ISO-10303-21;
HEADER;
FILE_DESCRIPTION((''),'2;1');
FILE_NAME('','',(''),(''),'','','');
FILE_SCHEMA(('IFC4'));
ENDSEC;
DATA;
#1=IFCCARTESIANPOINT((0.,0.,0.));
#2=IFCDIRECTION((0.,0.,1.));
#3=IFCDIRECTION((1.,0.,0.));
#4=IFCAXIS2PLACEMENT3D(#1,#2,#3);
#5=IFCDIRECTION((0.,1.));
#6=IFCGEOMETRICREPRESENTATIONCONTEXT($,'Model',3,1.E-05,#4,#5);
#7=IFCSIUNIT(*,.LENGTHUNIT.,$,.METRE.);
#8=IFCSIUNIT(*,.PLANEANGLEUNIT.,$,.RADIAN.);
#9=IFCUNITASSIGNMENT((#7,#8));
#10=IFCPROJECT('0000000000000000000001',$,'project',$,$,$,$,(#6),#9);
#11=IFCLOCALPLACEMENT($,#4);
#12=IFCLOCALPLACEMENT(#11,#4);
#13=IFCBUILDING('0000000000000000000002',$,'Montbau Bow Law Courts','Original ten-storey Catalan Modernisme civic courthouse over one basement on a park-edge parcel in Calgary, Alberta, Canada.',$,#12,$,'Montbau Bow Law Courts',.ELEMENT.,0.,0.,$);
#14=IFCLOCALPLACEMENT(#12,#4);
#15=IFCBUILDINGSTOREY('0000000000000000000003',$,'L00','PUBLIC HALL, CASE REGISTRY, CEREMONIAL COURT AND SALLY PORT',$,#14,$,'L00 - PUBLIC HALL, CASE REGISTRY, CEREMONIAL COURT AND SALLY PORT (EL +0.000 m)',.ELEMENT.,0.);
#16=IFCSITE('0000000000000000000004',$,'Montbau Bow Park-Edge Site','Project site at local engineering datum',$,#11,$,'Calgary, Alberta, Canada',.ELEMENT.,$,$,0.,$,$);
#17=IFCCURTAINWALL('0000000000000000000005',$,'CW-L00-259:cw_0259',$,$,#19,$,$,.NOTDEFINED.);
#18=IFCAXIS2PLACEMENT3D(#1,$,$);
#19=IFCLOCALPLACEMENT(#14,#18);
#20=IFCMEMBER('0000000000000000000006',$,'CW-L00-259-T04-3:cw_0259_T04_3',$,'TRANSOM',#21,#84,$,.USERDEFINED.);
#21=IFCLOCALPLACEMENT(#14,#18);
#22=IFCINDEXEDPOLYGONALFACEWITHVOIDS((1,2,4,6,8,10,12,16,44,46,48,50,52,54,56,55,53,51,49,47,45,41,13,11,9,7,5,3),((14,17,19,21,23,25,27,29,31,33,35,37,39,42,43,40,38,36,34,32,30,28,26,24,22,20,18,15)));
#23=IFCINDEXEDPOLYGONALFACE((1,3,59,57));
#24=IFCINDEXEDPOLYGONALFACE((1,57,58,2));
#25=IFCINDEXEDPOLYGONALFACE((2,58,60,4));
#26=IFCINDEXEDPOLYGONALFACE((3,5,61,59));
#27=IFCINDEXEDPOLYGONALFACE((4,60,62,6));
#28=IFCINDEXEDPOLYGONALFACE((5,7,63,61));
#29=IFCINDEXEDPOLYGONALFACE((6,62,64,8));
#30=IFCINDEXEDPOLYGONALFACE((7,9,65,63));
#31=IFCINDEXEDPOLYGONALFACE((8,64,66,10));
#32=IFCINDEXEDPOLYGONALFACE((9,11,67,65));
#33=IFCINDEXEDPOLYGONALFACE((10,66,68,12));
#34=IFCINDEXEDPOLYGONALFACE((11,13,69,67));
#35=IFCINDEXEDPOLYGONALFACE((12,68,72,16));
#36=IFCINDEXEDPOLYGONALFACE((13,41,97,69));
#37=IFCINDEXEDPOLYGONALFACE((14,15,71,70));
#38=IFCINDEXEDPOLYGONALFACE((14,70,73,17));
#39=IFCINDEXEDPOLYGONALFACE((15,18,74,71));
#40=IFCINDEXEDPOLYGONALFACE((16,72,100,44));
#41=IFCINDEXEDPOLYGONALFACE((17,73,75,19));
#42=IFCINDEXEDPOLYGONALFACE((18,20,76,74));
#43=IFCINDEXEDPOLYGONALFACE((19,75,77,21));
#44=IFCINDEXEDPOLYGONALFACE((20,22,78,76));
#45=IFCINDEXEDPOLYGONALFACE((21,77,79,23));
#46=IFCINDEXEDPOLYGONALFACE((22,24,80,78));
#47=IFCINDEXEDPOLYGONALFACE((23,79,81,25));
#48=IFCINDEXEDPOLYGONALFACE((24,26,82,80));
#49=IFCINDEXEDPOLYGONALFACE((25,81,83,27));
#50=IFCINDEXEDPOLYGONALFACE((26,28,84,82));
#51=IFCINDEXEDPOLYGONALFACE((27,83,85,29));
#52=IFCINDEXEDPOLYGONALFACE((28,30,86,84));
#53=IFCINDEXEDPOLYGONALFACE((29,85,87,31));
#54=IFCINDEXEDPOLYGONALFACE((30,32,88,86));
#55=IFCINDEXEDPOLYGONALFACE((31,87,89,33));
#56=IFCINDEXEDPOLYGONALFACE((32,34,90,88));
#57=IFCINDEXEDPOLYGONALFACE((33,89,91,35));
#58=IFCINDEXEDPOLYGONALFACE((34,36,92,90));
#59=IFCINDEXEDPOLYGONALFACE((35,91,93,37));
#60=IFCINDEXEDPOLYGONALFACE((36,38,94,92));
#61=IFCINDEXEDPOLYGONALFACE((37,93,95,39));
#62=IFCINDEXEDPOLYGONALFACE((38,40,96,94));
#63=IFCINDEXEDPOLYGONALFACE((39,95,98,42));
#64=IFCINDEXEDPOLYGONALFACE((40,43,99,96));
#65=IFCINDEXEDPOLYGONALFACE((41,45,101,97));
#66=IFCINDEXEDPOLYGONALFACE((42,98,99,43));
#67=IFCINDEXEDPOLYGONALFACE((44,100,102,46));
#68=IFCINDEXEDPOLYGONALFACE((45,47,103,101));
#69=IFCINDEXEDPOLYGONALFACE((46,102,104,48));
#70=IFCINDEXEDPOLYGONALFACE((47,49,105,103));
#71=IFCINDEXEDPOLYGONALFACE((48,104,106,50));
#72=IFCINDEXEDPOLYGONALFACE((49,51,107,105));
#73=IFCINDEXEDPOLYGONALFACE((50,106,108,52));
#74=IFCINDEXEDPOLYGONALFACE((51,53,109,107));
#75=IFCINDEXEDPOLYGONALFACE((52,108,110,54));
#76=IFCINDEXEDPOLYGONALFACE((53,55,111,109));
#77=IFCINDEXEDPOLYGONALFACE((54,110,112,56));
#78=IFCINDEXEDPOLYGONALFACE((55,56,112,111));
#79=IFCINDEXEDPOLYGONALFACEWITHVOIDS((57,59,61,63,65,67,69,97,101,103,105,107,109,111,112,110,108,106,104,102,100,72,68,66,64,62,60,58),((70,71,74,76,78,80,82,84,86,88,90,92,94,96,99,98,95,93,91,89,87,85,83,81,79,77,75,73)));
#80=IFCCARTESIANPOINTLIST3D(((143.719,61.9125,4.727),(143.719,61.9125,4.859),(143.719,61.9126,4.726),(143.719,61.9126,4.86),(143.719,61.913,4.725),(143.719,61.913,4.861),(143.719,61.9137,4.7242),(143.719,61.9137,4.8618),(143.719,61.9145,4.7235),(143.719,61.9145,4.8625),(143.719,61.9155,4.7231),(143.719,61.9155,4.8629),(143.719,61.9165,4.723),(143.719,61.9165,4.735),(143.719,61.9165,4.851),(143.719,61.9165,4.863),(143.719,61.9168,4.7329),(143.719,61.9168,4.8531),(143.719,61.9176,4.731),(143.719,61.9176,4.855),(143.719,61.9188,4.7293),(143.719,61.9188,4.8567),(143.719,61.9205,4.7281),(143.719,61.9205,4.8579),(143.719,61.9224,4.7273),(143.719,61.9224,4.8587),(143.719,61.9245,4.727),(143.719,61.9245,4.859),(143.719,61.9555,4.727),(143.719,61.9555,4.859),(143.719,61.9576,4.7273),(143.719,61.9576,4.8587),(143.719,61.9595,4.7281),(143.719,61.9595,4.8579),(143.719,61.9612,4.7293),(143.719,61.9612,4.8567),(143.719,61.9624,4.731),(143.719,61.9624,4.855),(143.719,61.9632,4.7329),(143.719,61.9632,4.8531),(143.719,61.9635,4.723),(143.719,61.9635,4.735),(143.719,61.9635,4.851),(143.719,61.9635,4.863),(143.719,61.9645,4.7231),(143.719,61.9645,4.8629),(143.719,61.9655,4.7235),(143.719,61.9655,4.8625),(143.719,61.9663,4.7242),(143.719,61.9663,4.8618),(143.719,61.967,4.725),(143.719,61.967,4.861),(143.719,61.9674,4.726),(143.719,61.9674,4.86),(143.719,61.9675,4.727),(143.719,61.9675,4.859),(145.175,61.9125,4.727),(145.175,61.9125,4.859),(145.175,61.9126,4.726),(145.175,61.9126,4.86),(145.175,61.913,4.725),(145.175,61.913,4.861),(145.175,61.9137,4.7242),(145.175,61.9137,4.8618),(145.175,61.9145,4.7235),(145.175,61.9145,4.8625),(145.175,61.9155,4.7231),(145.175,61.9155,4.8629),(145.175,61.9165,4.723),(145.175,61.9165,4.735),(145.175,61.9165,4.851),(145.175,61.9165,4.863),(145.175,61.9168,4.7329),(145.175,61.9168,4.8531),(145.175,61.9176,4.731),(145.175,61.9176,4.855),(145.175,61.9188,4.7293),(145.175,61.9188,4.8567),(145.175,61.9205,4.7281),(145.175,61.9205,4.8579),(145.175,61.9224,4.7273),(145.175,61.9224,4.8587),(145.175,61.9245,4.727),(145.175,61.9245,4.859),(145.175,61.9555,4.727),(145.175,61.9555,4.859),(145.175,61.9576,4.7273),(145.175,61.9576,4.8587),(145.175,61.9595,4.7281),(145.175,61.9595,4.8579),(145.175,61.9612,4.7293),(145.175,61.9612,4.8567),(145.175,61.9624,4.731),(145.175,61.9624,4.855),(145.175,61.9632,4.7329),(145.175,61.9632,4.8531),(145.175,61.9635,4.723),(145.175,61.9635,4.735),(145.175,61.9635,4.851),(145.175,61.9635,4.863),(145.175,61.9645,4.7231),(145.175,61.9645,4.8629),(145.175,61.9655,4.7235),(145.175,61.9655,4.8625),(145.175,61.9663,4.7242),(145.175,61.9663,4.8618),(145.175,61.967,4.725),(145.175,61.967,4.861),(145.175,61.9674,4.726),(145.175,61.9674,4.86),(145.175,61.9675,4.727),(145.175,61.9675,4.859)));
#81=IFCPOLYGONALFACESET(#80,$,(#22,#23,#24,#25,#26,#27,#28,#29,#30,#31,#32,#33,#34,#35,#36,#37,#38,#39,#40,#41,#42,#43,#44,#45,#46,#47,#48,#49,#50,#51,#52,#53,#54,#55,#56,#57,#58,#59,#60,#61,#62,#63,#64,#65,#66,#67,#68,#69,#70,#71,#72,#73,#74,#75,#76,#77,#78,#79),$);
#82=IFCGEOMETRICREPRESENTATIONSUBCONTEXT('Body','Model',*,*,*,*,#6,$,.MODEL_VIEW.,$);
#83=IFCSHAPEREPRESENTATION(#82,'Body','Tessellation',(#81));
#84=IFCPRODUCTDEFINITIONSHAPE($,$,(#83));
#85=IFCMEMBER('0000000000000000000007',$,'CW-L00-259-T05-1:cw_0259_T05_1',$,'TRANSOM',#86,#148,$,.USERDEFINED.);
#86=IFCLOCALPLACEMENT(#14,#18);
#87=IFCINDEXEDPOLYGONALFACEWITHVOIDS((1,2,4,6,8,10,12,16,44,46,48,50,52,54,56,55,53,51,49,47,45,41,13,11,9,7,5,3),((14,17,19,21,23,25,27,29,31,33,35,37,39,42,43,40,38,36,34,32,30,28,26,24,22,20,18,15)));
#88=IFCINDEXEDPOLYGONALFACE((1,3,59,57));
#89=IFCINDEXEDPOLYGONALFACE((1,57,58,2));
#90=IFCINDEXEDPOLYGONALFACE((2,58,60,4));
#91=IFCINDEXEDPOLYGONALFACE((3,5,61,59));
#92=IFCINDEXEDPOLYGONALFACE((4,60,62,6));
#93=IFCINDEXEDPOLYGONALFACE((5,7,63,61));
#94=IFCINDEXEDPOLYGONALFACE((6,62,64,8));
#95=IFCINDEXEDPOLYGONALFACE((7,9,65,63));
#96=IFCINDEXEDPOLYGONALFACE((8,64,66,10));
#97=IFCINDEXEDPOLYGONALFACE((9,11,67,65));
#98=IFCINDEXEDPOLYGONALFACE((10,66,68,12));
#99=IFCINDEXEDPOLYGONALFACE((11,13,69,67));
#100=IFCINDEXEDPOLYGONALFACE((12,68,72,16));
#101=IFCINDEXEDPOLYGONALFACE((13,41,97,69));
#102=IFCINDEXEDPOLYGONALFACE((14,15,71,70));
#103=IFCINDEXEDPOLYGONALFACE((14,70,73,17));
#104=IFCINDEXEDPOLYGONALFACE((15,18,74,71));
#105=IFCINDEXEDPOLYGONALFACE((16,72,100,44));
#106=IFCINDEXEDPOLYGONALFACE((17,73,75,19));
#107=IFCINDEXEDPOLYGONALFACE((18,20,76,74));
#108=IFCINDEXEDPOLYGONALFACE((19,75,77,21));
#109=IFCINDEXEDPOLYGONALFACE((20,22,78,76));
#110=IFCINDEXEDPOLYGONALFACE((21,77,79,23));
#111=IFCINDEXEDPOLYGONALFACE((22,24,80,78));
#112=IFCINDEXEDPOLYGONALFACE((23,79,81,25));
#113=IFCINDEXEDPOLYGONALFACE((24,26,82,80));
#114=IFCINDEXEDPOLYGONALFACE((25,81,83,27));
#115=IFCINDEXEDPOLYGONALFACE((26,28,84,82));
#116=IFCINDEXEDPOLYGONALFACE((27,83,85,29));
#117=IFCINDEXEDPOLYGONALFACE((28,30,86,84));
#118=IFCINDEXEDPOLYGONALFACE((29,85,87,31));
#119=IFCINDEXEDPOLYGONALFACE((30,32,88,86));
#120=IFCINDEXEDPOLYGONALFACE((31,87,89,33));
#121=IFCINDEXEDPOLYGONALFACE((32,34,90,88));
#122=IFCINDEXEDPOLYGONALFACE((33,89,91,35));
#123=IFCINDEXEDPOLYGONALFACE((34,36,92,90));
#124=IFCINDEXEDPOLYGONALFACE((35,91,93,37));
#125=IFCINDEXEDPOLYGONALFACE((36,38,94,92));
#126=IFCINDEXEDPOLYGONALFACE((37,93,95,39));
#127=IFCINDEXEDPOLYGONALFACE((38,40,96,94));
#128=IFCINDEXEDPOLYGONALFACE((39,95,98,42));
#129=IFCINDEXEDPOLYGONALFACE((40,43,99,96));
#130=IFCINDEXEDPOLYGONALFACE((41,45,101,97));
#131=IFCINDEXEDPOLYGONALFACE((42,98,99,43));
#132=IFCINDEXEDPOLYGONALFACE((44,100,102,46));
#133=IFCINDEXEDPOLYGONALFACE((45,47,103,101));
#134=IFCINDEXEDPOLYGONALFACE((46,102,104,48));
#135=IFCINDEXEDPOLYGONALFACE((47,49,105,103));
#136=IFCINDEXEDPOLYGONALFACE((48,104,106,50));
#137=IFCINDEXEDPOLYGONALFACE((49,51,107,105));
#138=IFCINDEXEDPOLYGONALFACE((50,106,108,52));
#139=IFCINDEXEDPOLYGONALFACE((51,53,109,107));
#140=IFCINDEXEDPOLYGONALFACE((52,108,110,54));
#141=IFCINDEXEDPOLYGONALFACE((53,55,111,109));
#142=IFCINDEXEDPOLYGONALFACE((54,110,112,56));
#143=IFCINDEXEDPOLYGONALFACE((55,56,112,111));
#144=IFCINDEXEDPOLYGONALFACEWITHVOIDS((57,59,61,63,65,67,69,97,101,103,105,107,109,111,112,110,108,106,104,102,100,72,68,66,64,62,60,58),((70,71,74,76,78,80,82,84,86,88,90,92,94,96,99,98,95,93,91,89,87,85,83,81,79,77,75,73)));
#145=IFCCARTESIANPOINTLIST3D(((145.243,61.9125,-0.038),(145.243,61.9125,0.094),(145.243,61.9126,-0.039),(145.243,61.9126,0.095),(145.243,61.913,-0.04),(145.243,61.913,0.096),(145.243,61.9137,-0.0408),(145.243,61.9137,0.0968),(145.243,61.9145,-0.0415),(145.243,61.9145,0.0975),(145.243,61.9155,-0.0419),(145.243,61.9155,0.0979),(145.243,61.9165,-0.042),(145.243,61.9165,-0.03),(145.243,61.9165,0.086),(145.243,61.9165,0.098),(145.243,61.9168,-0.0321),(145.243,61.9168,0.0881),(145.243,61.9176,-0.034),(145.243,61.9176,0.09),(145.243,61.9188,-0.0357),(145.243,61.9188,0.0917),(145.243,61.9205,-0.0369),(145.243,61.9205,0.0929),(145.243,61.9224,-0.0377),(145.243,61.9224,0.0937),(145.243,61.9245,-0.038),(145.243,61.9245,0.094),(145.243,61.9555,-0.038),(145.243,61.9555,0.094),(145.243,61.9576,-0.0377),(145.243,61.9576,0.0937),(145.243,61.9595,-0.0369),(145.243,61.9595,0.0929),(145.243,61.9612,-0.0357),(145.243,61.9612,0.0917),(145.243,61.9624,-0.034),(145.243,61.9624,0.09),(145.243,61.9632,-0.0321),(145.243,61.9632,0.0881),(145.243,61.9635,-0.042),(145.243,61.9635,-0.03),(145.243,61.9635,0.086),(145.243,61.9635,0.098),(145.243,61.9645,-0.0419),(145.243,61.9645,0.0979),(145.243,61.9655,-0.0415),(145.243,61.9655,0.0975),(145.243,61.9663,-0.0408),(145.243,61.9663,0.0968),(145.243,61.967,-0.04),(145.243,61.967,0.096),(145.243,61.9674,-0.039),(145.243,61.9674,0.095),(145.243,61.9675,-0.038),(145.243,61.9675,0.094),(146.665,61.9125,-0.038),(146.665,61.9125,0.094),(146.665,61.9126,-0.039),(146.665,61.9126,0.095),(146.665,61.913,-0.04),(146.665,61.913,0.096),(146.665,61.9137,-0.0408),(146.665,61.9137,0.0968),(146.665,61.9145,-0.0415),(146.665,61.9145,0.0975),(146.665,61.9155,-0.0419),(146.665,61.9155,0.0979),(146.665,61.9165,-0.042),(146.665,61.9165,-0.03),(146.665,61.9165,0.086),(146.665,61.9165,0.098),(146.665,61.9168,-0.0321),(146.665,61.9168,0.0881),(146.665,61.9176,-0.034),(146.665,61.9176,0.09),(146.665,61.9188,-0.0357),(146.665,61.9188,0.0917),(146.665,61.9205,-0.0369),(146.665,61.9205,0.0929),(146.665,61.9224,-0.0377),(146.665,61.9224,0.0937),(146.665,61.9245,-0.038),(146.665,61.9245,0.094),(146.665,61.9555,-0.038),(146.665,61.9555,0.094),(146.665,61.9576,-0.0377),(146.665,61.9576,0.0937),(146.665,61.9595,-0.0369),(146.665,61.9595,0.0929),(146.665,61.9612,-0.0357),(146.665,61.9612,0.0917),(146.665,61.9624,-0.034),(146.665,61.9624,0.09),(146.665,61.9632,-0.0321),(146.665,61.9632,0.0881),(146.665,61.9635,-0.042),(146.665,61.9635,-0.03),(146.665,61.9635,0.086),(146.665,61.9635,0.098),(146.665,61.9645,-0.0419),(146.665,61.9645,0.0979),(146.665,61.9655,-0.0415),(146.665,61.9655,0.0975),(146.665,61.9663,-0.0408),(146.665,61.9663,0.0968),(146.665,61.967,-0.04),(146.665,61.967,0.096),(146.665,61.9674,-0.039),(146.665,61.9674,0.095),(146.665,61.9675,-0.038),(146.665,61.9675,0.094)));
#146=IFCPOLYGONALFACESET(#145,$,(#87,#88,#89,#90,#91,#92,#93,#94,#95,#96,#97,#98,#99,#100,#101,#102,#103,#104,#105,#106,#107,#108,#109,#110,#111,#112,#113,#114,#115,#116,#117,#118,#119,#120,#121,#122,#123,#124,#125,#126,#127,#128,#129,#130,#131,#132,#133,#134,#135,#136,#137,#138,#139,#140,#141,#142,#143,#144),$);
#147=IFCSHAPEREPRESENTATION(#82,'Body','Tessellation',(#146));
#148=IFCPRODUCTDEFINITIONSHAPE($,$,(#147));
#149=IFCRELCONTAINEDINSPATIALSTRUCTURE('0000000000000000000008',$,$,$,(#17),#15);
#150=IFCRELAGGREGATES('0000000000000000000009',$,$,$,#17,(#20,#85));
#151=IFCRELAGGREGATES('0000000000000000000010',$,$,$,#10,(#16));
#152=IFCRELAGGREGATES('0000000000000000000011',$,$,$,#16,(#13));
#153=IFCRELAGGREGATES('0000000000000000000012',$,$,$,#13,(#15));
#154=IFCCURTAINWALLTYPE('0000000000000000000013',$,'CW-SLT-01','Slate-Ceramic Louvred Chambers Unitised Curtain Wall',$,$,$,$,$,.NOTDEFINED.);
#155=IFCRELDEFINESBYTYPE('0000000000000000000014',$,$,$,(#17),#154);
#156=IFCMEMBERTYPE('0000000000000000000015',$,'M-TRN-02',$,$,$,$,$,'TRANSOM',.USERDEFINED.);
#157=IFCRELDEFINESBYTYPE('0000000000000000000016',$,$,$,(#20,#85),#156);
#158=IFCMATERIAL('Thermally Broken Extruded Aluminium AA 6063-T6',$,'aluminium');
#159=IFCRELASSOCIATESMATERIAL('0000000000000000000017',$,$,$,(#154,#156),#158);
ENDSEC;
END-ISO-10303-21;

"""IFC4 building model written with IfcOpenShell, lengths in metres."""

from ifc_helpers import new_model, si_unit, direction, frame, origin_with_axes, origin_2d_with_axis, place, context, subcontext, project, spatial, hollow_rectangle, extrude, material, material_profile, profile_set, type_object, element, aggregate, save


model = new_model("IFC4")

# Units and contexts
model_context = context("Model", 3, precision=1e-05, world=origin_with_axes(), true_north=direction((0.0, 1.0)))
body_context = subcontext(model_context, "Body", "Model", "MODEL_VIEW")
ifc_project = project(units=[si_unit("LENGTHUNIT", "METRE"), si_unit("PLANEANGLEUNIT", "RADIAN")], contexts=[model_context])

# Site, building, storey
site_placement = place(None, origin_with_axes())
site = spatial("IfcSite", under=ifc_project, at=site_placement, Name="Montbau Bow Park-Edge Site", Description="Project site at local engineering datum", LongName="Calgary, Alberta, Canada", CompositionType="ELEMENT", RefElevation=0.0)
building_placement = place(site_placement, origin_with_axes())
building = spatial("IfcBuilding", under=site, at=building_placement, Name="Montbau Bow Law Courts", Description="Original ten-storey Catalan Modernisme civic courthouse over one basement on a park-edge parcel in Calgary, Alberta, Canada.", LongName="Montbau Bow Law Courts", CompositionType="ELEMENT", ElevationOfRefHeight=0.0, ElevationOfTerrain=0.0)
storey_placement = place(building_placement, origin_with_axes())
storey = spatial("IfcBuildingStorey", under=building, at=storey_placement, Name="L00", Description="PUBLIC HALL, CASE REGISTRY, CEREMONIAL COURT AND SALLY PORT", LongName="L00 - PUBLIC HALL, CASE REGISTRY, CEREMONIAL COURT AND SALLY PORT (EL +0.000 m)", CompositionType="ELEMENT", Elevation=0.0)

# Curtain wall, members
ifc_material_1 = material(Name="Thermally Broken Extruded Aluminium AA 6063-T6", Category="aluminium")
curtain_wall_type = type_object("IfcCurtainWallType", Name="CW-SLT-01", Description="Slate-Ceramic Louvred Chambers Unitised Curtain Wall", PredefinedType="NOTDEFINED", material=ifc_material_1)
curtain_wall_placement = place(None, frame((139.115, 61.94, 0.0), z_axis=(0.0, 0.0, 1.0), x_axis=(1.0, 0.0, 0.0)))
curtain_wall = element("IfcCurtainWall", 1, at=curtain_wall_placement, inside=storey, type_object=curtain_wall_type, Name="CW-L00-259:cw_0259", PredefinedType="NOTDEFINED")
ifc_material_profile_1 = material_profile(ifc_material_1, hollow_rectangle(XDim=0.055, YDim=0.14, WallThickness=0.004, InnerFilletRadius=0.008, OuterFilletRadius=0.004, at=origin_2d_with_axis()), Name="CWT-140X55", Category="Main", Priority=0)
ifc_profile_set_1 = profile_set([ifc_material_profile_1], Name="Thermally Broken Extruded Aluminium AA 6063-T6")
member_type_1 = type_object("IfcMemberType", Name="M-TRN-02", ElementType="TRANSOM", PredefinedType="USERDEFINED", material=ifc_profile_set_1)
member_1_placement = place(None, frame((143.719, 61.94, 4.793), z_axis=(1.0, 0.0, 0.0), x_axis=(0.0, 1.0, 0.0)))
member_1 = element("IfcMember", 2, at=member_1_placement, type_object=member_type_1, Name="CW-L00-259-T04-3:cw_0259_T04_3", ObjectType="TRANSOM", PredefinedType="USERDEFINED", context=body_context, shape_type="SweptSolid", body=[
    extrude(hollow_rectangle(XDim=0.055, YDim=0.14, WallThickness=0.004, InnerFilletRadius=0.008, OuterFilletRadius=0.004, at=origin_2d_with_axis()), origin_with_axes(), (0.0, 0.0, 1.0), 1.456),
])
member_2_placement = place(None, frame((145.243, 61.94, 0.028), z_axis=(1.0, 0.0, 0.0), x_axis=(0.0, 1.0, 0.0)))
member_2 = element("IfcMember", 3, at=member_2_placement, type_object=member_type_1, Name="CW-L00-259-T05-1:cw_0259_T05_1", ObjectType="TRANSOM", PredefinedType="USERDEFINED", context=body_context, shape_type="SweptSolid", body=[
    extrude(hollow_rectangle(XDim=0.055, YDim=0.14, WallThickness=0.004, InnerFilletRadius=0.008, OuterFilletRadius=0.004, at=origin_2d_with_axis()), origin_with_axes(), (0.0, 0.0, 1.0), 1.422),
])
aggregate(curtain_wall, [member_1, member_2])

save(model, "model.ifc")
